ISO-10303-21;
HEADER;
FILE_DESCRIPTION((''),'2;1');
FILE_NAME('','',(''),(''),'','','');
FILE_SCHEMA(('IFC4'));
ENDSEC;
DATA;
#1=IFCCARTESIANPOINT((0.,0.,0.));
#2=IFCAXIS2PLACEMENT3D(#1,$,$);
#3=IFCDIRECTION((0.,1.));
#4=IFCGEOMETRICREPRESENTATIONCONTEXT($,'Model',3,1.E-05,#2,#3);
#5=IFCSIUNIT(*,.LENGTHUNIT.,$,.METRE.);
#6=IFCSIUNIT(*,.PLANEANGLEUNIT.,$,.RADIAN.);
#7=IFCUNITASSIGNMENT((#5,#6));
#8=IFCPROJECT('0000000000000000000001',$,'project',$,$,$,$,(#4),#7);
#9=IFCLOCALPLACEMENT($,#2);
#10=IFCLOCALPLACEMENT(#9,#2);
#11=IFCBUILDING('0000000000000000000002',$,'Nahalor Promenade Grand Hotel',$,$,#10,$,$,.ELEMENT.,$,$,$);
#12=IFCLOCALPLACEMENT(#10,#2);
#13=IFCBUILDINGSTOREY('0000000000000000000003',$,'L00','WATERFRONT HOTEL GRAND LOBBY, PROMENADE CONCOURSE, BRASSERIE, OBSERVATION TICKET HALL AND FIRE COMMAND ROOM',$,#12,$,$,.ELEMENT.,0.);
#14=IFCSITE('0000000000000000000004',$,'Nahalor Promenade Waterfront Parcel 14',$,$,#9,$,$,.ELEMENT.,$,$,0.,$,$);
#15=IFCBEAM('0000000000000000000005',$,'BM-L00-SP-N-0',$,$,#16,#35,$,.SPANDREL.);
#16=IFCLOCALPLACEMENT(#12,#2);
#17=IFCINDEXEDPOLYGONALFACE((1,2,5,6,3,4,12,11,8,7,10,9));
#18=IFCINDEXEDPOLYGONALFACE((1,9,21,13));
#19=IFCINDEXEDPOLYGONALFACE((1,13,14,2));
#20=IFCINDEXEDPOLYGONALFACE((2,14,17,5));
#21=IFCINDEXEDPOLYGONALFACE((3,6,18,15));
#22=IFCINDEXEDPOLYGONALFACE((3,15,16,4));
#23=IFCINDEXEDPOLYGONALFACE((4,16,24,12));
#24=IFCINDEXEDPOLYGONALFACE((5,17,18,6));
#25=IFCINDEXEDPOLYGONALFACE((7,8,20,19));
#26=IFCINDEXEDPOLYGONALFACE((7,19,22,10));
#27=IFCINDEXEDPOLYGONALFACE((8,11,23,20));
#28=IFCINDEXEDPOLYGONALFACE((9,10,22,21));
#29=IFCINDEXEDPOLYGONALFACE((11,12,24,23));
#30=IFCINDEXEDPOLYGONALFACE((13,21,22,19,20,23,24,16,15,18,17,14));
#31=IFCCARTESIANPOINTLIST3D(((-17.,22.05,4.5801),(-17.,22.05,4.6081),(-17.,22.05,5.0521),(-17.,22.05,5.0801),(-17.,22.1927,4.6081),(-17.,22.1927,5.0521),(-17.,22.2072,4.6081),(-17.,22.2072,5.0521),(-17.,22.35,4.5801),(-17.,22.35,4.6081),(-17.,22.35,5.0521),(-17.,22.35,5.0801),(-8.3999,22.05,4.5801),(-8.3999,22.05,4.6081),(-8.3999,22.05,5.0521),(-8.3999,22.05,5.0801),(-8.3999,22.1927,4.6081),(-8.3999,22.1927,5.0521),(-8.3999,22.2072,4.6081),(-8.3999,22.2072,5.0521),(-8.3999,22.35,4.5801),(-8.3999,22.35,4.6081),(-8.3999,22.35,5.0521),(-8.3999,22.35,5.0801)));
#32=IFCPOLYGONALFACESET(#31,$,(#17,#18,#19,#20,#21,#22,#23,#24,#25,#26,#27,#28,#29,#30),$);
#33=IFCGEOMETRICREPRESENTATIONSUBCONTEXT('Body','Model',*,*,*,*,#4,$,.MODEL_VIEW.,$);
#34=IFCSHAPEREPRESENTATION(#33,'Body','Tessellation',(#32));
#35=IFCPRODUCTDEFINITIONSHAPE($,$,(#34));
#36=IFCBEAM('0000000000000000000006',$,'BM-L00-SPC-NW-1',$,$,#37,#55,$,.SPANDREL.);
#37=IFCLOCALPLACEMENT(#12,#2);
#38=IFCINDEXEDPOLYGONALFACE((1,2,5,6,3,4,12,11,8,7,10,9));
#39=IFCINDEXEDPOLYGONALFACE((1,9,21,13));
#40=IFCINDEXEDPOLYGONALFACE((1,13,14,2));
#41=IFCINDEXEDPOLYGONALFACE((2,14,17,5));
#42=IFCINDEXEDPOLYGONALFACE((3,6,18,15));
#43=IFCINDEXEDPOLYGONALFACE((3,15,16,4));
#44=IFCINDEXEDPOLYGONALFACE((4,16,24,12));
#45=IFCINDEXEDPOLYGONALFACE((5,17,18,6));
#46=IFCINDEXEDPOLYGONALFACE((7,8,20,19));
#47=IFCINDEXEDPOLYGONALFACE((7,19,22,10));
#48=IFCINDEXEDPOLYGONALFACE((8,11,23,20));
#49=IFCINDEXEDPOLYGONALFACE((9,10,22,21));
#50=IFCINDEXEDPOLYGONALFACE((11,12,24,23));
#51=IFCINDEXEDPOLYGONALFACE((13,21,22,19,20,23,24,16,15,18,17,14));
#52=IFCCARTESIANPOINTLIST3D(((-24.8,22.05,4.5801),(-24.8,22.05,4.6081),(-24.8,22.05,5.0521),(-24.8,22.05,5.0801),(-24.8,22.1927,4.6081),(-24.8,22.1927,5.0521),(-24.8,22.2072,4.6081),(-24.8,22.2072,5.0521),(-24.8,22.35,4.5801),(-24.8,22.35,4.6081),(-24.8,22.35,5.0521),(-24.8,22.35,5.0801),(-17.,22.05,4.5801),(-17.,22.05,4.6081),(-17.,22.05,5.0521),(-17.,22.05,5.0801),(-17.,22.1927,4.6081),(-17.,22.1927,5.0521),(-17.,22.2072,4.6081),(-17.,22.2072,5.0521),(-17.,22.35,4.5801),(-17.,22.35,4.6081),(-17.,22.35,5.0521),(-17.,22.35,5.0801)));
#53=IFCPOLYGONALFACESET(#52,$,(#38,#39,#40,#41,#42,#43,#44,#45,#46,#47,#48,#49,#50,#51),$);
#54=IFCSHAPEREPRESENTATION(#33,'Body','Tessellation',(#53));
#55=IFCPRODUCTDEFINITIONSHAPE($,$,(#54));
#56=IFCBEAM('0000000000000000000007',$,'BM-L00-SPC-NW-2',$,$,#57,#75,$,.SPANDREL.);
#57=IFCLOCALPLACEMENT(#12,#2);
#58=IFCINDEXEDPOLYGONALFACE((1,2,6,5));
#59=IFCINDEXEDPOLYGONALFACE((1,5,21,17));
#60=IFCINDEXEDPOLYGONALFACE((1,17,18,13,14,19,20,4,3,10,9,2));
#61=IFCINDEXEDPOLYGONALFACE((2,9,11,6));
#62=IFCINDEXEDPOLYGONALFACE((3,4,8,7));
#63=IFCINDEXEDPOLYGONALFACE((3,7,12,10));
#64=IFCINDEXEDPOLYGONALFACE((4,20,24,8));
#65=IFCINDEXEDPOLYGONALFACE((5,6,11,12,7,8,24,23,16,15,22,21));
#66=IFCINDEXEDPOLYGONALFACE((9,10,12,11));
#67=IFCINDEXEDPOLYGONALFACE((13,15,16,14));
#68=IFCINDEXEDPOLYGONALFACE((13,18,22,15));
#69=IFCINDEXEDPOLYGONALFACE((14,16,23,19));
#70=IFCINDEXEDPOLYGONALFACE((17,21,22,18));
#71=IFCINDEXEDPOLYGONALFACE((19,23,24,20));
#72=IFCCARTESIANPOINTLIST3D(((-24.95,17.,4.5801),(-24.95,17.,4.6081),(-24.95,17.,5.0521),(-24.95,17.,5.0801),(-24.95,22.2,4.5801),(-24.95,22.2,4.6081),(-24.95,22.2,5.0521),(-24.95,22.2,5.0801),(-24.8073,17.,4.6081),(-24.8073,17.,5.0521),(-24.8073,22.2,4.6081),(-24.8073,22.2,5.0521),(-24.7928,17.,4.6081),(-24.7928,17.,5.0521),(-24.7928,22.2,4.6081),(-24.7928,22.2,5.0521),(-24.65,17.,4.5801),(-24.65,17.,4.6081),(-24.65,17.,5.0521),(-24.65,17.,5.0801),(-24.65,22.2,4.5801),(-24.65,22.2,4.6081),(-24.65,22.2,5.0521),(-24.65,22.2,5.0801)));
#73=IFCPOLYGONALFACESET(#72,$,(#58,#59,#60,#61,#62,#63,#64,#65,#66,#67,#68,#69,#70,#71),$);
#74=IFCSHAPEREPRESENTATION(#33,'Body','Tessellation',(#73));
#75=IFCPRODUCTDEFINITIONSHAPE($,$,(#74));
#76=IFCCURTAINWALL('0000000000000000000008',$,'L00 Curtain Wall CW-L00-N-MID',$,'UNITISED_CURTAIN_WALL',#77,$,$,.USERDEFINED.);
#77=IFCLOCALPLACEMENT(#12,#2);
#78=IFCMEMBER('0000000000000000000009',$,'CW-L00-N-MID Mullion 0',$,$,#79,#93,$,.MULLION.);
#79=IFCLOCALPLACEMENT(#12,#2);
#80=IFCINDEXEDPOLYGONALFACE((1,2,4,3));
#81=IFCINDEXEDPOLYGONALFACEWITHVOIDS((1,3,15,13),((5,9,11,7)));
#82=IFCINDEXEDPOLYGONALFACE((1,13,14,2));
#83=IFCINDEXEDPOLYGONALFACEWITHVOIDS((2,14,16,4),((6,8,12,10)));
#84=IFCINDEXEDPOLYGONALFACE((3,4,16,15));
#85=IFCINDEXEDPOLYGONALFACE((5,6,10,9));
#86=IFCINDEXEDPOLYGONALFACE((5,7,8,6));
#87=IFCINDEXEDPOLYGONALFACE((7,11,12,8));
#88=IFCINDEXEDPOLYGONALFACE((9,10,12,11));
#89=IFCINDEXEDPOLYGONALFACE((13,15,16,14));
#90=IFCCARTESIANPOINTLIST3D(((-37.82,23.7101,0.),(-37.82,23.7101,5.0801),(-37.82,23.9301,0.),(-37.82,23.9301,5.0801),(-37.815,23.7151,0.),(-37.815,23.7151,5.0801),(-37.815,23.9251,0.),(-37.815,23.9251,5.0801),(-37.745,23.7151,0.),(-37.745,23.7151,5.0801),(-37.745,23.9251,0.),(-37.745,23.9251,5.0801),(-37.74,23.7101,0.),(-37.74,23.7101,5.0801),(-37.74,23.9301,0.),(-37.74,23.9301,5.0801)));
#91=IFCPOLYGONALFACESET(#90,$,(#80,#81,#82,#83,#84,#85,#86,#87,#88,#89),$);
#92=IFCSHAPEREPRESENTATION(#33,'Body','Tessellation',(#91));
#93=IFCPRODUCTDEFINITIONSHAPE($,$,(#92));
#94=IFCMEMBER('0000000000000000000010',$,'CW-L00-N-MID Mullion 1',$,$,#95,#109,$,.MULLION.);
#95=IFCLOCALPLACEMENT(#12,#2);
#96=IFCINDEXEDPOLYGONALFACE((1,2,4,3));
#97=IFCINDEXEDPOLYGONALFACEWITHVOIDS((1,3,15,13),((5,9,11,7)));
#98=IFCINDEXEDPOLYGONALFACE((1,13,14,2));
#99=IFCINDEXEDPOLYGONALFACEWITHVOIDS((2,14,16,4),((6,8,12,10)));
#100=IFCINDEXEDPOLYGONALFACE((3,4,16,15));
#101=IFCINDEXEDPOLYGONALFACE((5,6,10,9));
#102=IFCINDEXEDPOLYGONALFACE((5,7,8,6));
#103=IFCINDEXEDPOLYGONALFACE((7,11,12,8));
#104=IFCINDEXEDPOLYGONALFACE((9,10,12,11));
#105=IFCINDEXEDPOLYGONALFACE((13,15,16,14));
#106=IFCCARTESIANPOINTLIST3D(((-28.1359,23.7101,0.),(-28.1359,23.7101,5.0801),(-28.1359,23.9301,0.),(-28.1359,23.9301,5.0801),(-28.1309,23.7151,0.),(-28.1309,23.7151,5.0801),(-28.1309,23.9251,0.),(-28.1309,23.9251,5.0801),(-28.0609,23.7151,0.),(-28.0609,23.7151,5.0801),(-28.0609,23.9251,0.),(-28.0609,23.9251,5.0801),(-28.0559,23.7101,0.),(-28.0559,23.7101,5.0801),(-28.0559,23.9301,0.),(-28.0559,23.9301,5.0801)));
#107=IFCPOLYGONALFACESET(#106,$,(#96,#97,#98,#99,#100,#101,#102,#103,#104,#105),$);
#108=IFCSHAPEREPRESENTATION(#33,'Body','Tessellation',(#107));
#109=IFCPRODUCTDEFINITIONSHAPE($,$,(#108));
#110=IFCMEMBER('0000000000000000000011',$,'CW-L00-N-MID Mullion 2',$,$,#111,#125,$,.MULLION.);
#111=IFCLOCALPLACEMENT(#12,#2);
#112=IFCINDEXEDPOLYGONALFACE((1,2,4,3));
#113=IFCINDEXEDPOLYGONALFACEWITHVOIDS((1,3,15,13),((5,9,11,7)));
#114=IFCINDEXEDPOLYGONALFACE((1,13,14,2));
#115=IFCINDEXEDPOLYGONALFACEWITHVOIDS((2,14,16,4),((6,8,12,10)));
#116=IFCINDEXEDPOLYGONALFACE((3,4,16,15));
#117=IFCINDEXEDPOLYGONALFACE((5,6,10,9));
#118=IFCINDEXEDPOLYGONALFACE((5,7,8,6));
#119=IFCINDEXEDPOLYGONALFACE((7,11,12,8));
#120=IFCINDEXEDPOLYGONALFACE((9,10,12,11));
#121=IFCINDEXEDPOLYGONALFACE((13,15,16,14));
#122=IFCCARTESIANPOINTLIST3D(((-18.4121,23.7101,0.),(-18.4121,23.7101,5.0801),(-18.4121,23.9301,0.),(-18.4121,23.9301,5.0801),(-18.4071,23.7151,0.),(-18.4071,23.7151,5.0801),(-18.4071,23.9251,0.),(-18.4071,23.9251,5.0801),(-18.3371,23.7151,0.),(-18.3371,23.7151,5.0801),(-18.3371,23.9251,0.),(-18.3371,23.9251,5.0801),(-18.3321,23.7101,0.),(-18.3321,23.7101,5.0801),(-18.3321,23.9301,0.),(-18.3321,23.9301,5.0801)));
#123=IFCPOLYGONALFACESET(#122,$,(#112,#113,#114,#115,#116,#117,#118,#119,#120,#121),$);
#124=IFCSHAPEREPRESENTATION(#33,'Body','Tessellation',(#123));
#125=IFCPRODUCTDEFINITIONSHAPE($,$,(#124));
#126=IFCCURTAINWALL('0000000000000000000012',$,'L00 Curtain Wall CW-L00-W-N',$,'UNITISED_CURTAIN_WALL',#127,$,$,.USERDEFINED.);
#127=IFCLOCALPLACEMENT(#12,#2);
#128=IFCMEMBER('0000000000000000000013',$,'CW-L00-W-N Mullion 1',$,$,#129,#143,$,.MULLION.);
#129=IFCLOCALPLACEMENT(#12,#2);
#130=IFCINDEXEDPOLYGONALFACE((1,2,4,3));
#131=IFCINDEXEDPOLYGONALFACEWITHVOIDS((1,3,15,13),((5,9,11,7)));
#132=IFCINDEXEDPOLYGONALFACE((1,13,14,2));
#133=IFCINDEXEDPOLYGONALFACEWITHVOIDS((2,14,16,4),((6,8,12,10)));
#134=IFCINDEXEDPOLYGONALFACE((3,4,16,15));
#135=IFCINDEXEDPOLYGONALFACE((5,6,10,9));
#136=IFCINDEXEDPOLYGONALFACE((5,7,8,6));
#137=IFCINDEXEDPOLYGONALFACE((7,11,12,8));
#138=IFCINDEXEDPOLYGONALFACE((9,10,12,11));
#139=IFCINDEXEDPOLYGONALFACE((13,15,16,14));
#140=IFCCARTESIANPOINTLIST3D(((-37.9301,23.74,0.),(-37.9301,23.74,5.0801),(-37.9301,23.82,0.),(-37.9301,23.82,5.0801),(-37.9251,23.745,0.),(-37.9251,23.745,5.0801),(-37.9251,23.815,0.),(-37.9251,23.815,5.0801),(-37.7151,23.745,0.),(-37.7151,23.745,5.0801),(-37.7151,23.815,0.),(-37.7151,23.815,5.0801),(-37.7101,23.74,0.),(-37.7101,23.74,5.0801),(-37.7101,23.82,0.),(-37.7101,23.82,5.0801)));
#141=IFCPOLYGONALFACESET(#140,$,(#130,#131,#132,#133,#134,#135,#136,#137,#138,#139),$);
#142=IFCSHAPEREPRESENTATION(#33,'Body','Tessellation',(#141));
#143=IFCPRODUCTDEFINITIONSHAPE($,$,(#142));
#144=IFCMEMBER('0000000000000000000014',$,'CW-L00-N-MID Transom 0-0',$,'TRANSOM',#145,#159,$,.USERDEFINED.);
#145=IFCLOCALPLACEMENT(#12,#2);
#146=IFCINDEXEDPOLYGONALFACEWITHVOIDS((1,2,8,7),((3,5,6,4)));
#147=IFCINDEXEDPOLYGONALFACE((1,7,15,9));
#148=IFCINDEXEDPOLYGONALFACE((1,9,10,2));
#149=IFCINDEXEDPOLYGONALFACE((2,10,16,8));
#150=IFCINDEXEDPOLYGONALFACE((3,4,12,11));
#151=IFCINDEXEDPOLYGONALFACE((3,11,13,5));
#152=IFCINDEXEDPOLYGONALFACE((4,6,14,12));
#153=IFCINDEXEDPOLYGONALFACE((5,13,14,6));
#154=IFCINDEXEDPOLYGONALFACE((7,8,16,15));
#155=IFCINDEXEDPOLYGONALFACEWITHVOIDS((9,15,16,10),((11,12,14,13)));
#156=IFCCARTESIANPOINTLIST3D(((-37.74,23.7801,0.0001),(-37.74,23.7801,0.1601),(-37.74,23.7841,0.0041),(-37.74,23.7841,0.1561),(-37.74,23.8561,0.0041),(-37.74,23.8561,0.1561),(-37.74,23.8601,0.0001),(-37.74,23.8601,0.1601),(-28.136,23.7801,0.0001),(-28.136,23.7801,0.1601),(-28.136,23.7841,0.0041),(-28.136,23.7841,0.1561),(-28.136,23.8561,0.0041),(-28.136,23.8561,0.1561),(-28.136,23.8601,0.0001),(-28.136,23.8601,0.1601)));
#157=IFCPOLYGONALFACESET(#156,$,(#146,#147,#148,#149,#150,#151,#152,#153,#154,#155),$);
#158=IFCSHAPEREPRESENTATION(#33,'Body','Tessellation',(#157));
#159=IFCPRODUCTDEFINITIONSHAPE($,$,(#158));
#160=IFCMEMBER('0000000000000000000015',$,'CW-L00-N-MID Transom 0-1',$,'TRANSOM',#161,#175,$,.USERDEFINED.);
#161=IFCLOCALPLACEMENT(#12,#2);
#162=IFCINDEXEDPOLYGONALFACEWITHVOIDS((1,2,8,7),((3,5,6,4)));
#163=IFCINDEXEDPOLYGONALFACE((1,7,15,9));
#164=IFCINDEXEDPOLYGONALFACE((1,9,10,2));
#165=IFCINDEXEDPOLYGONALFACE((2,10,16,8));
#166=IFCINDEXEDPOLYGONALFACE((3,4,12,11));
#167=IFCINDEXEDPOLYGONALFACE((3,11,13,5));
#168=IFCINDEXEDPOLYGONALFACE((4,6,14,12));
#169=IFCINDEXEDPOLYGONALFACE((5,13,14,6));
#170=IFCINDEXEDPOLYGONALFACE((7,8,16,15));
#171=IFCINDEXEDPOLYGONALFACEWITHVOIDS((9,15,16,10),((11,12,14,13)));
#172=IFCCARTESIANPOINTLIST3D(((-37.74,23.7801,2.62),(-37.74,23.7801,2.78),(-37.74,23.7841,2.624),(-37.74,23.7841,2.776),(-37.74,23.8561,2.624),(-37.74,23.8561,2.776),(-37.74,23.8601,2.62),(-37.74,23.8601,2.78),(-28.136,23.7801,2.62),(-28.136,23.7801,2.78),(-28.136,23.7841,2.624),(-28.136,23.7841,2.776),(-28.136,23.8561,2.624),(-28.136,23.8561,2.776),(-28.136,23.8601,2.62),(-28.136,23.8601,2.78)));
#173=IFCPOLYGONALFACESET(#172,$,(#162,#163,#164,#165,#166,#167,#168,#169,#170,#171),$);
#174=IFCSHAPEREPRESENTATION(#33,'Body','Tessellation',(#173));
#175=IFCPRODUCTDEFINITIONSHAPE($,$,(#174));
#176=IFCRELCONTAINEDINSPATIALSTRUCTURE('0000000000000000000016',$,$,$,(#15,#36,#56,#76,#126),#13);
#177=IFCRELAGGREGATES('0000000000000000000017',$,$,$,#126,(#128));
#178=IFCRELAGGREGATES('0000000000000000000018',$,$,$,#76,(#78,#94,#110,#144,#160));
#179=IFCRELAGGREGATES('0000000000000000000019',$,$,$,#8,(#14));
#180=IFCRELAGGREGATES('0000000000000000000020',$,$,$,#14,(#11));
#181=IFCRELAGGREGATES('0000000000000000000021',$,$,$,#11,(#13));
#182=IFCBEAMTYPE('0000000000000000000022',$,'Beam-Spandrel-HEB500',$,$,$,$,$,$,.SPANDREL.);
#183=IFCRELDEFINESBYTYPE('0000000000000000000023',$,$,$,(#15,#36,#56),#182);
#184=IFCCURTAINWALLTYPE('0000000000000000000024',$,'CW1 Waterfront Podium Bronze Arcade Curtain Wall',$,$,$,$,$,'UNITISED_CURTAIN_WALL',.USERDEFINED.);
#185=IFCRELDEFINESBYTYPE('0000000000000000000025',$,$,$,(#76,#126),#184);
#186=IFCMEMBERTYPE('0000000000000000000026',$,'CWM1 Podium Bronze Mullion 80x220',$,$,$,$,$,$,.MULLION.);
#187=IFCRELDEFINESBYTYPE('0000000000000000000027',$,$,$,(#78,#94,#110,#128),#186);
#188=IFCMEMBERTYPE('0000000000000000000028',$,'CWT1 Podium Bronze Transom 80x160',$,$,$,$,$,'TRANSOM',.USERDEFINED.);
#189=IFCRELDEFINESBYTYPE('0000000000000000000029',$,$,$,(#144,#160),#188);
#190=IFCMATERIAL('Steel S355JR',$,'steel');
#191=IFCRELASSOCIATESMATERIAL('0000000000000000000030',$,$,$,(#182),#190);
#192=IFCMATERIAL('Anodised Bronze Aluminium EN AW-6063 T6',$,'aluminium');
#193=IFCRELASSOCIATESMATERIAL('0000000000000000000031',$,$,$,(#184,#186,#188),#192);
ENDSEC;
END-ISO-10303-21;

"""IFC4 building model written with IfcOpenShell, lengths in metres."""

from ifc_helpers import new_model, si_unit, direction, frame, origin, origin_2d, place, context, subcontext, project, spatial, hollow_rectangle, i_section, extrude, source, transform, mapped, material, material_profile, profile_set, type_object, element, aggregate, save


model = new_model("IFC4")

# Units and contexts
model_context = context("Model", 3, precision=1e-05, world=origin(), true_north=direction((0.0, 1.0)))
body_context = subcontext(model_context, "Body", "Model", "MODEL_VIEW")
ifc_project = project(units=[si_unit("LENGTHUNIT", "METRE"), si_unit("PLANEANGLEUNIT", "RADIAN")], contexts=[model_context])

# Site, building, storey
site_placement = place(None, origin())
site = spatial("IfcSite", under=ifc_project, at=site_placement, Name="Nahalor Promenade Waterfront Parcel 14", CompositionType="ELEMENT", RefElevation=0.0)
building_placement = place(site_placement, origin())
building = spatial("IfcBuilding", under=site, at=building_placement, Name="Nahalor Promenade Grand Hotel", CompositionType="ELEMENT")
storey_placement = place(building_placement, origin())
storey = spatial("IfcBuildingStorey", under=building, at=storey_placement, Name="L00", Description="WATERFRONT HOTEL GRAND LOBBY, PROMENADE CONCOURSE, BRASSERIE, OBSERVATION TICKET HALL AND FIRE COMMAND ROOM", CompositionType="ELEMENT", Elevation=0.0)

# Beams
ifc_material_1 = material(Name="Steel S355JR", Category="steel")
ifc_material_profile_1 = material_profile(ifc_material_1, i_section(OverallWidth=0.3, OverallDepth=0.5, WebThickness=0.0145, FlangeThickness=0.028, at=origin_2d()), Name="HEB 500")
ifc_profile_set_1 = profile_set([ifc_material_profile_1], Name="Steel S355JR")
beam_type_1 = type_object("IfcBeamType", Name="Beam-Spandrel-HEB500", PredefinedType="SPANDREL", material=ifc_profile_set_1)
shared_shape_1 = source(origin(), body_context, "Body", "SweptSolid", [
    extrude(i_section(OverallWidth=0.3, OverallDepth=0.5, WebThickness=0.0145, FlangeThickness=0.028, at=origin_2d()), origin(), (0.0, 0.0, 1.0), 8.6001),
])
beam_1_placement = place(storey_placement, frame((-17.0, 22.2, 4.8301), z_axis=(1.0, 0.0, 0.0), x_axis=(0.0, 1.0, 0.0)))
element("IfcBeam", 1, at=beam_1_placement, inside=storey, type_object=beam_type_1, Name="BM-L00-SP-N-0", PredefinedType="SPANDREL", context=body_context, shape_type="MappedRepresentation", body=[
    mapped(shared_shape_1, transform((0.0, 0.0, 0.0), scale=1.0)),
])
shared_shape_2 = source(origin(), body_context, "Body", "SweptSolid", [
    extrude(i_section(OverallWidth=0.3, OverallDepth=0.5, WebThickness=0.0145, FlangeThickness=0.028, at=origin_2d()), origin(), (0.0, 0.0, 1.0), 7.8),
])
beam_2_placement = place(storey_placement, frame((-17.0, 22.2, 4.8301), z_axis=(-1.0, 0.0, 0.0), x_axis=(0.0, -1.0, 0.0)))
element("IfcBeam", 2, at=beam_2_placement, inside=storey, type_object=beam_type_1, Name="BM-L00-SPC-NW-1", PredefinedType="SPANDREL", context=body_context, shape_type="MappedRepresentation", body=[
    mapped(shared_shape_2, transform((0.0, 0.0, 0.0), scale=1.0)),
])
shared_shape_3 = source(origin(), body_context, "Body", "SweptSolid", [
    extrude(i_section(OverallWidth=0.3, OverallDepth=0.5, WebThickness=0.0145, FlangeThickness=0.028, at=origin_2d()), origin(), (0.0, 0.0, 1.0), 5.2),
])
beam_3_placement = place(storey_placement, frame((-24.8, 22.2, 4.8301), z_axis=(0.0, -1.0, 0.0), x_axis=(1.0, 0.0, 0.0)))
element("IfcBeam", 3, at=beam_3_placement, inside=storey, type_object=beam_type_1, Name="BM-L00-SPC-NW-2", PredefinedType="SPANDREL", context=body_context, shape_type="MappedRepresentation", body=[
    mapped(shared_shape_3, transform((0.0, 0.0, 0.0), scale=1.0)),
])

# Curtain wall, members
ifc_material_2 = material(Name="Anodised Bronze Aluminium EN AW-6063 T6", Category="aluminium")
curtain_wall_type = type_object("IfcCurtainWallType", Name="CW1 Waterfront Podium Bronze Arcade Curtain Wall", ElementType="UNITISED_CURTAIN_WALL", PredefinedType="USERDEFINED", material=ifc_material_2)
curtain_wall_1_placement = place(storey_placement, origin())
curtain_wall_1 = element("IfcCurtainWall", 4, at=curtain_wall_1_placement, inside=storey, type_object=curtain_wall_type, Name="L00 Curtain Wall CW-L00-N-MID", ObjectType="UNITISED_CURTAIN_WALL", PredefinedType="USERDEFINED")
ifc_material_profile_2 = material_profile(ifc_material_2, hollow_rectangle(XDim=0.08, YDim=0.22, WallThickness=0.005, at=origin_2d()), Name="CWM 80x220x5")
ifc_profile_set_2 = profile_set([ifc_material_profile_2], Name="Anodised Bronze Aluminium EN AW-6063 T6")
member_type_1 = type_object("IfcMemberType", Name="CWM1 Podium Bronze Mullion 80x220", PredefinedType="MULLION", material=ifc_profile_set_2)
shared_shape_4 = source(origin(), body_context, "Body", "SweptSolid", [
    extrude(hollow_rectangle(XDim=0.08, YDim=0.22, WallThickness=0.005, at=origin_2d()), origin(), (0.0, 0.0, 1.0), 5.0801),
])
member_1_placement = place(storey_placement, frame((-37.78, 23.8201, 0.0), z_axis=(0.0, 0.0, 1.0), x_axis=(1.0, 0.0, 0.0)))
member_1 = element("IfcMember", 5, at=member_1_placement, type_object=member_type_1, Name="CW-L00-N-MID Mullion 0", PredefinedType="MULLION", context=body_context, shape_type="MappedRepresentation", body=[
    mapped(shared_shape_4, transform((0.0, 0.0, 0.0), scale=1.0)),
])
member_2_placement = place(storey_placement, frame((-28.0959, 23.8201, 0.0), z_axis=(0.0, 0.0, 1.0), x_axis=(1.0, 0.0, 0.0)))
member_2 = element("IfcMember", 6, at=member_2_placement, type_object=member_type_1, Name="CW-L00-N-MID Mullion 1", PredefinedType="MULLION", context=body_context, shape_type="MappedRepresentation", body=[
    mapped(shared_shape_4, transform((0.0, 0.0, 0.0), scale=1.0)),
])
member_3_placement = place(storey_placement, frame((-18.3721, 23.8201, 0.0), z_axis=(0.0, 0.0, 1.0), x_axis=(1.0, 0.0, 0.0)))
member_3 = element("IfcMember", 7, at=member_3_placement, type_object=member_type_1, Name="CW-L00-N-MID Mullion 2", PredefinedType="MULLION", context=body_context, shape_type="MappedRepresentation", body=[
    mapped(shared_shape_4, transform((0.0, 0.0, 0.0), scale=1.0)),
])

# Curtain wall, member
curtain_wall_2_placement = place(storey_placement, origin())
curtain_wall_2 = element("IfcCurtainWall", 8, at=curtain_wall_2_placement, inside=storey, type_object=curtain_wall_type, Name="L00 Curtain Wall CW-L00-W-N", ObjectType="UNITISED_CURTAIN_WALL", PredefinedType="USERDEFINED")
member_4_placement = place(storey_placement, frame((-37.8201, 23.78, 0.0), z_axis=(0.0, 0.0, 1.0), x_axis=(0.0, 1.0, 0.0)))
member_4 = element("IfcMember", 9, at=member_4_placement, type_object=member_type_1, Name="CW-L00-W-N Mullion 1", PredefinedType="MULLION", context=body_context, shape_type="MappedRepresentation", body=[
    mapped(shared_shape_4, transform((0.0, 0.0, 0.0), scale=1.0)),
])
aggregate(curtain_wall_2, [member_4])

# Members
ifc_material_profile_3 = material_profile(ifc_material_2, hollow_rectangle(XDim=0.08, YDim=0.16, WallThickness=0.004, at=origin_2d()), Name="CWT 80x160x4")
ifc_profile_set_3 = profile_set([ifc_material_profile_3], Name="Anodised Bronze Aluminium EN AW-6063 T6")
member_type_2 = type_object("IfcMemberType", Name="CWT1 Podium Bronze Transom 80x160", ElementType="TRANSOM", PredefinedType="USERDEFINED", material=ifc_profile_set_3)
shared_shape_5 = source(origin(), body_context, "Body", "SweptSolid", [
    extrude(hollow_rectangle(XDim=0.08, YDim=0.16, WallThickness=0.004, at=origin_2d()), origin(), (0.0, 0.0, 1.0), 9.604),
])
member_5_placement = place(storey_placement, frame((-37.74, 23.8201, 0.0801), z_axis=(1.0, 0.0, 0.0), x_axis=(0.0, 1.0, 0.0)))
member_5 = element("IfcMember", 10, at=member_5_placement, type_object=member_type_2, Name="CW-L00-N-MID Transom 0-0", ObjectType="TRANSOM", PredefinedType="USERDEFINED", context=body_context, shape_type="MappedRepresentation", body=[
    mapped(shared_shape_5, transform((0.0, 0.0, 0.0), scale=1.0)),
])
member_6_placement = place(storey_placement, frame((-37.74, 23.8201, 2.7), z_axis=(1.0, 0.0, 0.0), x_axis=(0.0, 1.0, 0.0)))
member_6 = element("IfcMember", 11, at=member_6_placement, type_object=member_type_2, Name="CW-L00-N-MID Transom 0-1", ObjectType="TRANSOM", PredefinedType="USERDEFINED", context=body_context, shape_type="MappedRepresentation", body=[
    mapped(shared_shape_5, transform((0.0, 0.0, 0.0), scale=1.0)),
])

aggregate(curtain_wall_1, [member_1, member_2, member_3, member_5, member_6])

save(model, "model.ifc")
